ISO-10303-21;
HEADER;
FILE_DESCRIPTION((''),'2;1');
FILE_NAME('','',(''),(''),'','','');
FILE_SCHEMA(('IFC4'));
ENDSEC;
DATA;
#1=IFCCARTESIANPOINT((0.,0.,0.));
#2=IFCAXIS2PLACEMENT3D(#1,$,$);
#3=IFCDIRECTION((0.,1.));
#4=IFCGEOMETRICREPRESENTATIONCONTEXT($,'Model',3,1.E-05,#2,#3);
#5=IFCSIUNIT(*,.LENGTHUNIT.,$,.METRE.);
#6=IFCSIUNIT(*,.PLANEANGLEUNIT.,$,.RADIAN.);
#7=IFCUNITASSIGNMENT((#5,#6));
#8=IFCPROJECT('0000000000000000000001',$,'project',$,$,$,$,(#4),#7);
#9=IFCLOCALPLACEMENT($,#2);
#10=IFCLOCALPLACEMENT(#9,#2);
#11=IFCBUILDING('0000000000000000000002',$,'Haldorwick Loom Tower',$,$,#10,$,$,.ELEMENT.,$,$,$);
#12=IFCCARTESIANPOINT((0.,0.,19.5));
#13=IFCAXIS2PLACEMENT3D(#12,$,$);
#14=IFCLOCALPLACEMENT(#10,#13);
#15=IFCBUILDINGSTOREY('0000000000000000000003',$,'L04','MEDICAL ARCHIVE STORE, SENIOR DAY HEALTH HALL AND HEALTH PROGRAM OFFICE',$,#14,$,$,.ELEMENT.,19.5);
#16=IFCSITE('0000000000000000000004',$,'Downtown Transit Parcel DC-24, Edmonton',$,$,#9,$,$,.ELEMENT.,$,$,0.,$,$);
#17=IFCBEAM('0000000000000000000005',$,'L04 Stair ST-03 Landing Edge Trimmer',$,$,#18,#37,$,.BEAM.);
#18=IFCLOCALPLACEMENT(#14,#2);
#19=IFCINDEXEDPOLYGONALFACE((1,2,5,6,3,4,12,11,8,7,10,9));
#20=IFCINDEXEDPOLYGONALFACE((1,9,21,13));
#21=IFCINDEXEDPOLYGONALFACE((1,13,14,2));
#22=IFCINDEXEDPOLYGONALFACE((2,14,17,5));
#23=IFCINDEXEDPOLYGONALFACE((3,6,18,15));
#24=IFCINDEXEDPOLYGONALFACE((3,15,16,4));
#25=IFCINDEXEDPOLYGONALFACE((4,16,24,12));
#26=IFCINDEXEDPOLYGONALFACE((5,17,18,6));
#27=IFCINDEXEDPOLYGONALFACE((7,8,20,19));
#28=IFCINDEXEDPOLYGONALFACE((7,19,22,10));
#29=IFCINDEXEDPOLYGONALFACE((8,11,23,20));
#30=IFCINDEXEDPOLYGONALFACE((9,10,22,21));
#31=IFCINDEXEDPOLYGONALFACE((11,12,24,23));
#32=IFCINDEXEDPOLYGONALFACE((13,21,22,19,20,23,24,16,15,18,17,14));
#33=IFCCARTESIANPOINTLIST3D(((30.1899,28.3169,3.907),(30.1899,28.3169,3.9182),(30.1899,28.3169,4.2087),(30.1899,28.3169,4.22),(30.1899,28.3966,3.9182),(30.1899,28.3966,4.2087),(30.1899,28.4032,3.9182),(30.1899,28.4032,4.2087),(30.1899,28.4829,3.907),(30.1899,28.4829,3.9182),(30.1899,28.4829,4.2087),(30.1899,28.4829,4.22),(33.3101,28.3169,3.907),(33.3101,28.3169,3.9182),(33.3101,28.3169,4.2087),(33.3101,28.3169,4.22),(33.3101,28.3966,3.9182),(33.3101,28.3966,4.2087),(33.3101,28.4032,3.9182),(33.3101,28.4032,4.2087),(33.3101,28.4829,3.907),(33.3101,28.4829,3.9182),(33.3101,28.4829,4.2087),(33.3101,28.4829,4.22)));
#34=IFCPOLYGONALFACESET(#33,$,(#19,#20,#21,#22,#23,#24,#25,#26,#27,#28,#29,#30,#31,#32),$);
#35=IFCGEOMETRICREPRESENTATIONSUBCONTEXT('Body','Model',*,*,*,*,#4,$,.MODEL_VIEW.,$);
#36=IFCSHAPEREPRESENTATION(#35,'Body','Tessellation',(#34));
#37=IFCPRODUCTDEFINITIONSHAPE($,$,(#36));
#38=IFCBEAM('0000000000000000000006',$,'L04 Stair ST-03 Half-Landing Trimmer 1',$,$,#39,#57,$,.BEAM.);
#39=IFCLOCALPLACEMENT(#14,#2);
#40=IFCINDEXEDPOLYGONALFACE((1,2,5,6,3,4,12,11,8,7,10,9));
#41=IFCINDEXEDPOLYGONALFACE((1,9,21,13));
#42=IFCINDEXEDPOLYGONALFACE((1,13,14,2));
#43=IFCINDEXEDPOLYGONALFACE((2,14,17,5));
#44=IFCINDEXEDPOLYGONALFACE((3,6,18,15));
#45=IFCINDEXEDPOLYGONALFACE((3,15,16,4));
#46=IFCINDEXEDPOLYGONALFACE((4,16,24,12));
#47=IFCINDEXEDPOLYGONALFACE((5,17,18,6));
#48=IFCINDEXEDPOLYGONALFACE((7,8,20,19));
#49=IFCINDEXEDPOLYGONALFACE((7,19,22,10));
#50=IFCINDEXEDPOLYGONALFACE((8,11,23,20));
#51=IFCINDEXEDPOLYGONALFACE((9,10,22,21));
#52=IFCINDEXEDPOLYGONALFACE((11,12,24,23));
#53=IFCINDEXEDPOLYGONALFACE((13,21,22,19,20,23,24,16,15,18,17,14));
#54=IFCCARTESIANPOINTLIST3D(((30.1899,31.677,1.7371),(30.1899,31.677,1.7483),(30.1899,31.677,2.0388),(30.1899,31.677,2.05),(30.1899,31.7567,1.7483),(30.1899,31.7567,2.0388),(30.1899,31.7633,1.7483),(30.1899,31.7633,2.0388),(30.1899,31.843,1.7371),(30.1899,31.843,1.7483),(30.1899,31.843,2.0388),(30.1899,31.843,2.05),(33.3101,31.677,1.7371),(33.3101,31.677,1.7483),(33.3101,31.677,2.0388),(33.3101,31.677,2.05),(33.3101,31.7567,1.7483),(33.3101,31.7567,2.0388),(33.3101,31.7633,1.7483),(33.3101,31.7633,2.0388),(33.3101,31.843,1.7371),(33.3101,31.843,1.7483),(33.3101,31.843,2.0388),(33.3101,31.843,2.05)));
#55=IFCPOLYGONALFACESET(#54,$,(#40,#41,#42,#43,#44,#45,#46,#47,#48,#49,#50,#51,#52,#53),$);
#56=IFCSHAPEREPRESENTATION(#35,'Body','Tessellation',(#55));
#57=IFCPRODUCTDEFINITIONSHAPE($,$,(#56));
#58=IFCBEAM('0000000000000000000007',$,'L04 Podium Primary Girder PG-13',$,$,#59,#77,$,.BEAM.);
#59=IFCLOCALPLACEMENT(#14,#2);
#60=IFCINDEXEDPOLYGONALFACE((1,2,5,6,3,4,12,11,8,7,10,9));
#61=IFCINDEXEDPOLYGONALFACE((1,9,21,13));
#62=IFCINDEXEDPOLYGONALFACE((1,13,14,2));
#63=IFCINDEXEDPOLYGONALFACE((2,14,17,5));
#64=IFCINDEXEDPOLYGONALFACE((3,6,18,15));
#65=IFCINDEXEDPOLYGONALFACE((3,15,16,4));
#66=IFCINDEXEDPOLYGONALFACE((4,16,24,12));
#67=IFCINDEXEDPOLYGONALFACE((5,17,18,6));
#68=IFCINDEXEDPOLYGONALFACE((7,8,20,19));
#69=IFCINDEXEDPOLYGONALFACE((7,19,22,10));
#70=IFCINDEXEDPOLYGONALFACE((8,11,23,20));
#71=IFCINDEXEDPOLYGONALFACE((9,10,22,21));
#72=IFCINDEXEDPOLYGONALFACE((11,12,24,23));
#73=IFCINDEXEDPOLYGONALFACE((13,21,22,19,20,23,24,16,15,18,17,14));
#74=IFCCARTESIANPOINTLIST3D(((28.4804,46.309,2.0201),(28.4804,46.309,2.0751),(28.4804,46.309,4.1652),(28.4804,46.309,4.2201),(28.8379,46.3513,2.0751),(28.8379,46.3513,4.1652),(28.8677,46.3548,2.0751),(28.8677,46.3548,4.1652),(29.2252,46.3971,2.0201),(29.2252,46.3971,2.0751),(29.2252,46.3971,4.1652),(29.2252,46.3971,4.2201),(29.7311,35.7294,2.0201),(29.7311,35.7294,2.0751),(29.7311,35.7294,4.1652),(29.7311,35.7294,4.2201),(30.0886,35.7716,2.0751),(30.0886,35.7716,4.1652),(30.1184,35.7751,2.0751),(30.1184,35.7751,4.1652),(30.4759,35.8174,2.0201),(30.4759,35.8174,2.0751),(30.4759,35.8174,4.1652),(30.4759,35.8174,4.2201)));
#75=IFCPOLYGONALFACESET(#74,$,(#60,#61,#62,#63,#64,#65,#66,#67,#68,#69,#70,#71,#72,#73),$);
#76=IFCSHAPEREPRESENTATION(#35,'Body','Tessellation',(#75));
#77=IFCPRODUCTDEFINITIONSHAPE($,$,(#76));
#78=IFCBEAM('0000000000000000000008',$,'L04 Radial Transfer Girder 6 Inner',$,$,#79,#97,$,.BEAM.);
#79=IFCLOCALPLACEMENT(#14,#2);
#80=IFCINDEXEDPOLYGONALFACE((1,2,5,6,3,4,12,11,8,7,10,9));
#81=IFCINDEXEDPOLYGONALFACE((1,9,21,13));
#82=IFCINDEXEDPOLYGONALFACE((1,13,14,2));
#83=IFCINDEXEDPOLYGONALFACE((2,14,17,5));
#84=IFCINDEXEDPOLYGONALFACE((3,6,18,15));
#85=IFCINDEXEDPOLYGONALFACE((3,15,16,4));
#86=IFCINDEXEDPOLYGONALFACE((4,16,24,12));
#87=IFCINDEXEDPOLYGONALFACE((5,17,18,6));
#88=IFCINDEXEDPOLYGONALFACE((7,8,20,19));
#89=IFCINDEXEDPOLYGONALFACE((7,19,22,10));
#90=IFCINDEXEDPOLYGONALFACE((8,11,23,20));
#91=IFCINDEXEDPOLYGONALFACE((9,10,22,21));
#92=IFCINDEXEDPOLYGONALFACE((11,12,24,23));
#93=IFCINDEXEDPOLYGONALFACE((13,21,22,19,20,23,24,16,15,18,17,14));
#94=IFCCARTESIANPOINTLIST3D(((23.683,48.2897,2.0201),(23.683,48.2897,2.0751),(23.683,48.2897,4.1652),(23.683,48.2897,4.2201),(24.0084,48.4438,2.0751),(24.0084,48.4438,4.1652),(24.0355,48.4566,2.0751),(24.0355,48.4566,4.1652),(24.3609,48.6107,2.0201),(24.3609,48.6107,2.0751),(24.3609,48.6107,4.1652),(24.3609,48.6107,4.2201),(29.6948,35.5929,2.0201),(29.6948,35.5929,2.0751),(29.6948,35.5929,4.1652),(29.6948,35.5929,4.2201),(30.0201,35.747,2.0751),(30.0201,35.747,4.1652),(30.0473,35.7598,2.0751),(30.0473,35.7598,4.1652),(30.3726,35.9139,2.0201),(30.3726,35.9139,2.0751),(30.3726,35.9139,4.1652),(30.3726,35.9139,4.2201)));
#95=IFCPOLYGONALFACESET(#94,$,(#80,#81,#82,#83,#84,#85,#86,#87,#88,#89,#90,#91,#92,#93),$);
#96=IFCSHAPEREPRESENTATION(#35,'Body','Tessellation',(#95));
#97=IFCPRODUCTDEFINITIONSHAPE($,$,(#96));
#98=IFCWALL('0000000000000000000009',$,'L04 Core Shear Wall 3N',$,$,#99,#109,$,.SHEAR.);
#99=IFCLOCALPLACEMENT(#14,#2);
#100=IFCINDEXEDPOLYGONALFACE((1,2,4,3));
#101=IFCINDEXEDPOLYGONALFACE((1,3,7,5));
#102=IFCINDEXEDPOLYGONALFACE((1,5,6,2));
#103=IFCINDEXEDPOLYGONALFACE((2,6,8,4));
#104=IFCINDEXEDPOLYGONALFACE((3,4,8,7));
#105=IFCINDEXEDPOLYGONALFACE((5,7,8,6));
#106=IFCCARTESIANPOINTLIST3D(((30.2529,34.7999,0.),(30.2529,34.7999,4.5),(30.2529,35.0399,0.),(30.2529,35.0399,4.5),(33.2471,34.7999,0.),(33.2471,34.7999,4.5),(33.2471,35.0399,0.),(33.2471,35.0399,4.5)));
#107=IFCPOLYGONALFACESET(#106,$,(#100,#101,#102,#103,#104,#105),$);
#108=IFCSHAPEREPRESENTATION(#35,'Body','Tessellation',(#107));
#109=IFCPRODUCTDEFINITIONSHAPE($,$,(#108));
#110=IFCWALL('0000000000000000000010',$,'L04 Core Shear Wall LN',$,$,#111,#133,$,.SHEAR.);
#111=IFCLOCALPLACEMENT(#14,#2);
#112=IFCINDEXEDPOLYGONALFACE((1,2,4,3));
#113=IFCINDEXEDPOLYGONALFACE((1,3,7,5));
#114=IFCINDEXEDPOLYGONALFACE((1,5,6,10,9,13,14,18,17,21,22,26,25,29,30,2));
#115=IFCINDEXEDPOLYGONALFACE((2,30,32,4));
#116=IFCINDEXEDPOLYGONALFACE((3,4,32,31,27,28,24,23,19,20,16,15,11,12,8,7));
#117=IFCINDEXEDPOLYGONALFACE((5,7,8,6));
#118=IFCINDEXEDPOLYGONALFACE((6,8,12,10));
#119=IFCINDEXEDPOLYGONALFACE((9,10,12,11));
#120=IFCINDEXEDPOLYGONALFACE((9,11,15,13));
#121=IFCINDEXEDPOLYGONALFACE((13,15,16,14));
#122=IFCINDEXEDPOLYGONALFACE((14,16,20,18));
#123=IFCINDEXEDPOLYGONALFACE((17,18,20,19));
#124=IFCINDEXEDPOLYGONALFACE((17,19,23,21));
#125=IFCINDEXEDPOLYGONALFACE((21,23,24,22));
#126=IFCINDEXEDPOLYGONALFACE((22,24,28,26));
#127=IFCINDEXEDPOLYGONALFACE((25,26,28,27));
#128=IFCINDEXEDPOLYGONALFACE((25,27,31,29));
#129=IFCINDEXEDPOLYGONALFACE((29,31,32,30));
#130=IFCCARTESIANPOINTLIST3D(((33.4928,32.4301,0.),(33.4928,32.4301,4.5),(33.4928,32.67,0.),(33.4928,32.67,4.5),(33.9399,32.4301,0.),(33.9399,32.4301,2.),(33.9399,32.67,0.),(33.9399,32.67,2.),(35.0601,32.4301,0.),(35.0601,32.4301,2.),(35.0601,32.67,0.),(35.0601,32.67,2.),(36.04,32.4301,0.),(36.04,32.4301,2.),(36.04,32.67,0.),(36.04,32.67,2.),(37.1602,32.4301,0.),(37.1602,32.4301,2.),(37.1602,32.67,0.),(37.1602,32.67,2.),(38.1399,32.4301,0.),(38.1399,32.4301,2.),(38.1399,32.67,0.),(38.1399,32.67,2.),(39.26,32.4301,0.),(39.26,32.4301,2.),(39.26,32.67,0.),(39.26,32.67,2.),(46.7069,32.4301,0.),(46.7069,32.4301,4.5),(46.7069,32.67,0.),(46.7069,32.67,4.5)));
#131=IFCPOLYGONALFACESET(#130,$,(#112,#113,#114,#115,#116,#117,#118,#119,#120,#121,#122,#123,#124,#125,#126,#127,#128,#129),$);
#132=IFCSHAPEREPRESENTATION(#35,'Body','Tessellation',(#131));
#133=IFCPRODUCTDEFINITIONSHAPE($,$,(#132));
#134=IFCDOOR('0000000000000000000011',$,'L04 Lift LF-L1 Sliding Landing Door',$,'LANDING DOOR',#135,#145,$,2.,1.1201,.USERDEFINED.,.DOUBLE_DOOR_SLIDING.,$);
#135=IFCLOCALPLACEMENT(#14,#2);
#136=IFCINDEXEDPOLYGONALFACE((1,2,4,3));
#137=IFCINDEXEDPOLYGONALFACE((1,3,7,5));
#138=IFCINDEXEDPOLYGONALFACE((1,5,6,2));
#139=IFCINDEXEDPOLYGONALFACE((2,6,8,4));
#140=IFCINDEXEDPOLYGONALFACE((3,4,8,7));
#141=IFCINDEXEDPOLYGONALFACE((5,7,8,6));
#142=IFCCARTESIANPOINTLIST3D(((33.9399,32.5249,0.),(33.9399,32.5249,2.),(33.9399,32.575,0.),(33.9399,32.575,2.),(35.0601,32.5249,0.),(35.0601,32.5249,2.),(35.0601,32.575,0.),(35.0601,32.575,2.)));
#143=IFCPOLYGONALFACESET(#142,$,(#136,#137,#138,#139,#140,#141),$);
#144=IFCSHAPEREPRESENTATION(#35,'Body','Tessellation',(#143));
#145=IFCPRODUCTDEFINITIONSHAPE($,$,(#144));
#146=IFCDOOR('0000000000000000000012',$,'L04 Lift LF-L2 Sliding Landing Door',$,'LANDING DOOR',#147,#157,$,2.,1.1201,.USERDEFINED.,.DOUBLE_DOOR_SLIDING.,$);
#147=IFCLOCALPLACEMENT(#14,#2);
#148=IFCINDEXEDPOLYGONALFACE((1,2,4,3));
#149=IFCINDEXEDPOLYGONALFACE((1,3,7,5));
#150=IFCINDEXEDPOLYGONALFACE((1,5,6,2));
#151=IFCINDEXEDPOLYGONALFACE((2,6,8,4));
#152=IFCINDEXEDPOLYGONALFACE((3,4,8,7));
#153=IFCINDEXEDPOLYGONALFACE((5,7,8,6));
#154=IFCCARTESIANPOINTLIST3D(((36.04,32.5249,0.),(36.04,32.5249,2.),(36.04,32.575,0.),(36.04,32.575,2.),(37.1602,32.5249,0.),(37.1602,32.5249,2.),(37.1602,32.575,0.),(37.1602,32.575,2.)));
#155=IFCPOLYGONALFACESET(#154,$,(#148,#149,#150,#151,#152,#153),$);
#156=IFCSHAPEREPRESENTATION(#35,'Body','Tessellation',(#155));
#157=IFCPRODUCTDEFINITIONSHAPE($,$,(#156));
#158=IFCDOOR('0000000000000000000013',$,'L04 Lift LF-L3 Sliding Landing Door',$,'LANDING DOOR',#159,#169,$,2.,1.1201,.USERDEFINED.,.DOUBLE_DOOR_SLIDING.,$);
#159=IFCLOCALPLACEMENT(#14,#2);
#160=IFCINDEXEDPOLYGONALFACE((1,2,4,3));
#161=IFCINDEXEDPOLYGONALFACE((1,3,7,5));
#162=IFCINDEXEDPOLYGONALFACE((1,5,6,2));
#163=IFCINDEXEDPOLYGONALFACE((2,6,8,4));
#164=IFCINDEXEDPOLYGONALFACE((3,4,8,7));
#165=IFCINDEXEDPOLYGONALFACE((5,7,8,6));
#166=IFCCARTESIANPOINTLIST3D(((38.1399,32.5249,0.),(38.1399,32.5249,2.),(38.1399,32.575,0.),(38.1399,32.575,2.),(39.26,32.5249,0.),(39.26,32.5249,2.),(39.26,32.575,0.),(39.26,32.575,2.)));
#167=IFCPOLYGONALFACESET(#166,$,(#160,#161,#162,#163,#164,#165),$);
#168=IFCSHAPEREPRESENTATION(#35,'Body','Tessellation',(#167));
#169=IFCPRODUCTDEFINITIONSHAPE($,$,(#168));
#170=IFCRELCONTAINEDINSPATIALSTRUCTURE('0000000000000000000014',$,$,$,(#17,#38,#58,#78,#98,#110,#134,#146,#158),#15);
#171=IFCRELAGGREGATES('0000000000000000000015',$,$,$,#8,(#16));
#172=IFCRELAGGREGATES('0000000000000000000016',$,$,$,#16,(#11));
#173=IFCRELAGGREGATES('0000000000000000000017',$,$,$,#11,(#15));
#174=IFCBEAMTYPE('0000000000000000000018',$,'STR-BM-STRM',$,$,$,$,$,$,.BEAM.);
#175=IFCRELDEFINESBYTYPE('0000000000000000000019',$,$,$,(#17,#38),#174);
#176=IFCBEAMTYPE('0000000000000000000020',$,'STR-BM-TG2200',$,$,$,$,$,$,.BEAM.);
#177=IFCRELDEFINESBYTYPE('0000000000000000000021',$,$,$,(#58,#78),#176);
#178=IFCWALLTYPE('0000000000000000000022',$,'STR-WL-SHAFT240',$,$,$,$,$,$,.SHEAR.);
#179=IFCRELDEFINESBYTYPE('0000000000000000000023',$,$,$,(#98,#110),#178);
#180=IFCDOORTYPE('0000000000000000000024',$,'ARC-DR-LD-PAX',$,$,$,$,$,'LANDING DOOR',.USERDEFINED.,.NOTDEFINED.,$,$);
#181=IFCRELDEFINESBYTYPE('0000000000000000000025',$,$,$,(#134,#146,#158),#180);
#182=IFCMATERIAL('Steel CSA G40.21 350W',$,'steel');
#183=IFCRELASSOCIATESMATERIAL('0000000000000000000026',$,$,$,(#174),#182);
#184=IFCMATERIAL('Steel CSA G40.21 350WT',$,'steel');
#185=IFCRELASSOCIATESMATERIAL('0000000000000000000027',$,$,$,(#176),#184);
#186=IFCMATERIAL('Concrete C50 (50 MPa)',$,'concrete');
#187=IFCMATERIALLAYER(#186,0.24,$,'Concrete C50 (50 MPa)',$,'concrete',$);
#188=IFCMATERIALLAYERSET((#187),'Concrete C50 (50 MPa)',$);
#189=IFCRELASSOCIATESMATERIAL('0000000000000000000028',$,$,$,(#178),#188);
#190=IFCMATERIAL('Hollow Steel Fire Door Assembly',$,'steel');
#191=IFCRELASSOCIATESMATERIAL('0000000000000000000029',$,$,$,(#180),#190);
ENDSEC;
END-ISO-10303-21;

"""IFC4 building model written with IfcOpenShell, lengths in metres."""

from ifc_helpers import new_model, si_unit, direction, frame, frame_2d, origin, origin_2d, place, context, subcontext, project, spatial, rectangle, i_section, extrude, material, layer, layer_set, material_profile, profile_set, type_object, element, fill, save


model = new_model("IFC4")

# Units and contexts
model_context = context("Model", 3, precision=1e-05, world=origin(), true_north=direction((0.0, 1.0)))
body_context = subcontext(model_context, "Body", "Model", "MODEL_VIEW")
ifc_project = project(units=[si_unit("LENGTHUNIT", "METRE"), si_unit("PLANEANGLEUNIT", "RADIAN")], contexts=[model_context])

# Site, building, storey
site_placement = place(None, origin())
site = spatial("IfcSite", under=ifc_project, at=site_placement, Name="Downtown Transit Parcel DC-24, Edmonton", CompositionType="ELEMENT", RefElevation=0.0)
building_placement = place(site_placement, origin())
building = spatial("IfcBuilding", under=site, at=building_placement, Name="Haldorwick Loom Tower", CompositionType="ELEMENT")
storey_placement = place(building_placement, frame((0.0, 0.0, 19.5)))
storey = spatial("IfcBuildingStorey", under=building, at=storey_placement, Name="L04", Description="MEDICAL ARCHIVE STORE, SENIOR DAY HEALTH HALL AND HEALTH PROGRAM OFFICE", CompositionType="ELEMENT", Elevation=19.5)

# Shared definitions
ifc_material_1 = material(Name="Steel CSA G40.21 350WT", Category="steel")

# Beams
ifc_material_2 = material(Name="Steel CSA G40.21 350W", Category="steel")
ifc_material_profile_1 = material_profile(ifc_material_2, i_section(OverallWidth=0.166, OverallDepth=0.313, WebThickness=0.0066, FlangeThickness=0.0112, at=origin_2d()), Name="W310X45", Category="steel")
ifc_profile_set_1 = profile_set([ifc_material_profile_1], Name="Steel CSA G40.21 350W")
beam_type_1 = type_object("IfcBeamType", Name="STR-BM-STRM", PredefinedType="BEAM", material=ifc_profile_set_1)
for number, where, z_axis, x_axis, name in (
    (1, (30.1899, 28.3999, 4.0635), (1.0, 0.0, 0.0), (0.0, 1.0, 0.0), "L04 Stair ST-03 Landing Edge Trimmer"),
    (2, (30.1899, 31.76, 1.8936), (1.0, 0.0, 0.0), (0.0, 1.0, 0.0), "L04 Stair ST-03 Half-Landing Trimmer 1"),
):
    element("IfcBeam", number, at=place(storey_placement, frame(where, z_axis=z_axis, x_axis=x_axis)), inside=storey, type_object=beam_type_1, Name=name, PredefinedType="BEAM", context=body_context, shape_type="SweptSolid", body=[
        extrude(i_section(OverallWidth=0.166, OverallDepth=0.313, WebThickness=0.0066, FlangeThickness=0.0112, at=origin_2d()), origin(), (0.0, 0.0, 1.0), 3.1201),
    ])
ifc_material_profile_2 = material_profile(ifc_material_1, i_section(OverallWidth=0.75, OverallDepth=2.2, WebThickness=0.03, FlangeThickness=0.0549, at=origin_2d()), Name="WWF2200X750", Category="steel")
ifc_profile_set_2 = profile_set([ifc_material_profile_2], Name="Steel CSA G40.21 350WT")
beam_type_2 = type_object("IfcBeamType", Name="STR-BM-TG2200", PredefinedType="BEAM", material=ifc_profile_set_2)
beam_1_placement = place(storey_placement, frame((28.8528, 46.353, 3.1201), z_axis=(0.117404, -0.993084, 0.0), x_axis=(0.993084, 0.117404, 0.0)))
element("IfcBeam", 3, at=beam_1_placement, inside=storey, type_object=beam_type_2, Name="L04 Podium Primary Girder PG-13", PredefinedType="BEAM", context=body_context, shape_type="SweptSolid", body=[
    extrude(i_section(OverallWidth=0.75, OverallDepth=2.2, WebThickness=0.03, FlangeThickness=0.0549, at=origin_2d()), origin(), (0.0, 0.0, 1.0), 10.6533),
])
beam_2_placement = place(storey_placement, frame((30.0337, 35.7534, 3.1201), z_axis=(-0.427938, 0.903808, 0.0), x_axis=(-0.903808, -0.427938, 0.0)))
element("IfcBeam", 4, at=beam_2_placement, inside=storey, type_object=beam_type_2, Name="L04 Radial Transfer Girder 6 Inner", PredefinedType="BEAM", context=body_context, shape_type="SweptSolid", body=[
    extrude(i_section(OverallWidth=0.75, OverallDepth=2.2, WebThickness=0.03, FlangeThickness=0.0549, at=origin_2d()), origin(), (0.0, 0.0, 1.0), 14.0481),
])

# Wall
ifc_material_3 = material(Name="Concrete C50 (50 MPa)", Category="concrete")
ifc_layer = layer(ifc_material_3, 0.24, Name="Concrete C50 (50 MPa)", Category="concrete")
ifc_layer_set = layer_set([ifc_layer], Name="Concrete C50 (50 MPa)")
wall_type = type_object("IfcWallType", Name="STR-WL-SHAFT240", PredefinedType="SHEAR", material=ifc_layer_set)
wall_1_placement = place(storey_placement, frame((30.2529, 34.9199, 0.0), z_axis=(0.0, 0.0, 1.0), x_axis=(1.0, 0.0, 0.0)))
element("IfcWall", 5, at=wall_1_placement, inside=storey, type_object=wall_type, Name="L04 Core Shear Wall 3N", PredefinedType="SHEAR", context=body_context, shape_type="SweptSolid", body=[
    extrude(rectangle(XDim=2.9941, YDim=0.24, at=frame_2d((1.4971, 0.0))), origin(), (0.0, 0.0, 1.0), 4.5),
])

# Wall, openings, doors
wall_2_placement = place(storey_placement, frame((33.4929, 32.55, 0.0), z_axis=(0.0, 0.0, 1.0), x_axis=(1.0, 0.0, 0.0)))
wall_2 = element("IfcWall", 6, at=wall_2_placement, inside=storey, type_object=wall_type, Name="L04 Core Shear Wall LN", PredefinedType="SHEAR", context=body_context, shape_type="SweptSolid", body=[
    extrude(rectangle(XDim=13.2141, YDim=0.24, at=frame_2d((6.6069, 0.0))), origin(), (0.0, 0.0, 1.0), 4.5),
])
opening_1_placement = place(wall_2_placement, frame((0.447, 0.0, 0.0)))
opening_1 = element("IfcOpeningElement", 7, at=opening_1_placement, cuts=wall_2, PredefinedType="OPENING", context=body_context, shape_type="SweptSolid", body=[
    extrude(rectangle(XDim=1.1201, YDim=2.0, at=frame_2d((0.5601, 1.0))), frame((0.0, 0.1299, 0.0), z_axis=(0.0, -1.0, 0.0), x_axis=(1.0, 0.0, 0.0)), (0.0, 0.0, 1.0), 0.26),
])
opening_2_placement = place(wall_2_placement, frame((2.5471, 0.0, 0.0)))
opening_2 = element("IfcOpeningElement", 8, at=opening_2_placement, cuts=wall_2, PredefinedType="OPENING", context=body_context, shape_type="SweptSolid", body=[
    extrude(rectangle(XDim=1.1201, YDim=2.0, at=frame_2d((0.5601, 1.0))), frame((0.0, 0.1299, 0.0), z_axis=(0.0, -1.0, 0.0), x_axis=(1.0, 0.0, 0.0)), (0.0, 0.0, 1.0), 0.26),
])
opening_3_placement = place(wall_2_placement, frame((4.647, 0.0, 0.0)))
opening_3 = element("IfcOpeningElement", 9, at=opening_3_placement, cuts=wall_2, PredefinedType="OPENING", context=body_context, shape_type="SweptSolid", body=[
    extrude(rectangle(XDim=1.1201, YDim=2.0, at=frame_2d((0.5601, 1.0))), frame((0.0, 0.1299, 0.0), z_axis=(0.0, -1.0, 0.0), x_axis=(1.0, 0.0, 0.0)), (0.0, 0.0, 1.0), 0.26),
])
ifc_material_4 = material(Name="Hollow Steel Fire Door Assembly", Category="steel")
door_type = type_object("IfcDoorType", Name="ARC-DR-LD-PAX", ElementType="LANDING DOOR", OperationType="NOTDEFINED", PredefinedType="USERDEFINED", material=ifc_material_4)
door_1_placement = place(opening_1_placement, origin())
door_1 = element("IfcDoor", 10, at=door_1_placement, inside=storey, type_object=door_type, Name="L04 Lift LF-L1 Sliding Landing Door", ObjectType="LANDING DOOR", OperationType="DOUBLE_DOOR_SLIDING", OverallHeight=2.0, OverallWidth=1.1201, PredefinedType="USERDEFINED", context=body_context, shape_type="SweptSolid", body=[
    extrude(rectangle(XDim=1.1201, YDim=2.0, at=frame_2d((0.5601, 1.0))), frame((0.0, 0.0249, 0.0), z_axis=(0.0, -1.0, 0.0), x_axis=(1.0, 0.0, 0.0)), (0.0, 0.0, 1.0), 0.05),
])
fill(opening_1, door_1)
door_2_placement = place(opening_2_placement, origin())
door_2 = element("IfcDoor", 11, at=door_2_placement, inside=storey, type_object=door_type, Name="L04 Lift LF-L2 Sliding Landing Door", ObjectType="LANDING DOOR", OperationType="DOUBLE_DOOR_SLIDING", OverallHeight=2.0, OverallWidth=1.1201, PredefinedType="USERDEFINED", context=body_context, shape_type="SweptSolid", body=[
    extrude(rectangle(XDim=1.1201, YDim=2.0, at=frame_2d((0.5601, 1.0))), frame((0.0, 0.0249, 0.0), z_axis=(0.0, -1.0, 0.0), x_axis=(1.0, 0.0, 0.0)), (0.0, 0.0, 1.0), 0.05),
])
fill(opening_2, door_2)
door_3_placement = place(opening_3_placement, origin())
door_3 = element("IfcDoor", 12, at=door_3_placement, inside=storey, type_object=door_type, Name="L04 Lift LF-L3 Sliding Landing Door", ObjectType="LANDING DOOR", OperationType="DOUBLE_DOOR_SLIDING", OverallHeight=2.0, OverallWidth=1.1201, PredefinedType="USERDEFINED", context=body_context, shape_type="SweptSolid", body=[
    extrude(rectangle(XDim=1.1201, YDim=2.0, at=frame_2d((0.5601, 1.0))), frame((0.0, 0.0249, 0.0), z_axis=(0.0, -1.0, 0.0), x_axis=(1.0, 0.0, 0.0)), (0.0, 0.0, 1.0), 0.05),
])
fill(opening_3, door_3)

save(model, "model.ifc")
